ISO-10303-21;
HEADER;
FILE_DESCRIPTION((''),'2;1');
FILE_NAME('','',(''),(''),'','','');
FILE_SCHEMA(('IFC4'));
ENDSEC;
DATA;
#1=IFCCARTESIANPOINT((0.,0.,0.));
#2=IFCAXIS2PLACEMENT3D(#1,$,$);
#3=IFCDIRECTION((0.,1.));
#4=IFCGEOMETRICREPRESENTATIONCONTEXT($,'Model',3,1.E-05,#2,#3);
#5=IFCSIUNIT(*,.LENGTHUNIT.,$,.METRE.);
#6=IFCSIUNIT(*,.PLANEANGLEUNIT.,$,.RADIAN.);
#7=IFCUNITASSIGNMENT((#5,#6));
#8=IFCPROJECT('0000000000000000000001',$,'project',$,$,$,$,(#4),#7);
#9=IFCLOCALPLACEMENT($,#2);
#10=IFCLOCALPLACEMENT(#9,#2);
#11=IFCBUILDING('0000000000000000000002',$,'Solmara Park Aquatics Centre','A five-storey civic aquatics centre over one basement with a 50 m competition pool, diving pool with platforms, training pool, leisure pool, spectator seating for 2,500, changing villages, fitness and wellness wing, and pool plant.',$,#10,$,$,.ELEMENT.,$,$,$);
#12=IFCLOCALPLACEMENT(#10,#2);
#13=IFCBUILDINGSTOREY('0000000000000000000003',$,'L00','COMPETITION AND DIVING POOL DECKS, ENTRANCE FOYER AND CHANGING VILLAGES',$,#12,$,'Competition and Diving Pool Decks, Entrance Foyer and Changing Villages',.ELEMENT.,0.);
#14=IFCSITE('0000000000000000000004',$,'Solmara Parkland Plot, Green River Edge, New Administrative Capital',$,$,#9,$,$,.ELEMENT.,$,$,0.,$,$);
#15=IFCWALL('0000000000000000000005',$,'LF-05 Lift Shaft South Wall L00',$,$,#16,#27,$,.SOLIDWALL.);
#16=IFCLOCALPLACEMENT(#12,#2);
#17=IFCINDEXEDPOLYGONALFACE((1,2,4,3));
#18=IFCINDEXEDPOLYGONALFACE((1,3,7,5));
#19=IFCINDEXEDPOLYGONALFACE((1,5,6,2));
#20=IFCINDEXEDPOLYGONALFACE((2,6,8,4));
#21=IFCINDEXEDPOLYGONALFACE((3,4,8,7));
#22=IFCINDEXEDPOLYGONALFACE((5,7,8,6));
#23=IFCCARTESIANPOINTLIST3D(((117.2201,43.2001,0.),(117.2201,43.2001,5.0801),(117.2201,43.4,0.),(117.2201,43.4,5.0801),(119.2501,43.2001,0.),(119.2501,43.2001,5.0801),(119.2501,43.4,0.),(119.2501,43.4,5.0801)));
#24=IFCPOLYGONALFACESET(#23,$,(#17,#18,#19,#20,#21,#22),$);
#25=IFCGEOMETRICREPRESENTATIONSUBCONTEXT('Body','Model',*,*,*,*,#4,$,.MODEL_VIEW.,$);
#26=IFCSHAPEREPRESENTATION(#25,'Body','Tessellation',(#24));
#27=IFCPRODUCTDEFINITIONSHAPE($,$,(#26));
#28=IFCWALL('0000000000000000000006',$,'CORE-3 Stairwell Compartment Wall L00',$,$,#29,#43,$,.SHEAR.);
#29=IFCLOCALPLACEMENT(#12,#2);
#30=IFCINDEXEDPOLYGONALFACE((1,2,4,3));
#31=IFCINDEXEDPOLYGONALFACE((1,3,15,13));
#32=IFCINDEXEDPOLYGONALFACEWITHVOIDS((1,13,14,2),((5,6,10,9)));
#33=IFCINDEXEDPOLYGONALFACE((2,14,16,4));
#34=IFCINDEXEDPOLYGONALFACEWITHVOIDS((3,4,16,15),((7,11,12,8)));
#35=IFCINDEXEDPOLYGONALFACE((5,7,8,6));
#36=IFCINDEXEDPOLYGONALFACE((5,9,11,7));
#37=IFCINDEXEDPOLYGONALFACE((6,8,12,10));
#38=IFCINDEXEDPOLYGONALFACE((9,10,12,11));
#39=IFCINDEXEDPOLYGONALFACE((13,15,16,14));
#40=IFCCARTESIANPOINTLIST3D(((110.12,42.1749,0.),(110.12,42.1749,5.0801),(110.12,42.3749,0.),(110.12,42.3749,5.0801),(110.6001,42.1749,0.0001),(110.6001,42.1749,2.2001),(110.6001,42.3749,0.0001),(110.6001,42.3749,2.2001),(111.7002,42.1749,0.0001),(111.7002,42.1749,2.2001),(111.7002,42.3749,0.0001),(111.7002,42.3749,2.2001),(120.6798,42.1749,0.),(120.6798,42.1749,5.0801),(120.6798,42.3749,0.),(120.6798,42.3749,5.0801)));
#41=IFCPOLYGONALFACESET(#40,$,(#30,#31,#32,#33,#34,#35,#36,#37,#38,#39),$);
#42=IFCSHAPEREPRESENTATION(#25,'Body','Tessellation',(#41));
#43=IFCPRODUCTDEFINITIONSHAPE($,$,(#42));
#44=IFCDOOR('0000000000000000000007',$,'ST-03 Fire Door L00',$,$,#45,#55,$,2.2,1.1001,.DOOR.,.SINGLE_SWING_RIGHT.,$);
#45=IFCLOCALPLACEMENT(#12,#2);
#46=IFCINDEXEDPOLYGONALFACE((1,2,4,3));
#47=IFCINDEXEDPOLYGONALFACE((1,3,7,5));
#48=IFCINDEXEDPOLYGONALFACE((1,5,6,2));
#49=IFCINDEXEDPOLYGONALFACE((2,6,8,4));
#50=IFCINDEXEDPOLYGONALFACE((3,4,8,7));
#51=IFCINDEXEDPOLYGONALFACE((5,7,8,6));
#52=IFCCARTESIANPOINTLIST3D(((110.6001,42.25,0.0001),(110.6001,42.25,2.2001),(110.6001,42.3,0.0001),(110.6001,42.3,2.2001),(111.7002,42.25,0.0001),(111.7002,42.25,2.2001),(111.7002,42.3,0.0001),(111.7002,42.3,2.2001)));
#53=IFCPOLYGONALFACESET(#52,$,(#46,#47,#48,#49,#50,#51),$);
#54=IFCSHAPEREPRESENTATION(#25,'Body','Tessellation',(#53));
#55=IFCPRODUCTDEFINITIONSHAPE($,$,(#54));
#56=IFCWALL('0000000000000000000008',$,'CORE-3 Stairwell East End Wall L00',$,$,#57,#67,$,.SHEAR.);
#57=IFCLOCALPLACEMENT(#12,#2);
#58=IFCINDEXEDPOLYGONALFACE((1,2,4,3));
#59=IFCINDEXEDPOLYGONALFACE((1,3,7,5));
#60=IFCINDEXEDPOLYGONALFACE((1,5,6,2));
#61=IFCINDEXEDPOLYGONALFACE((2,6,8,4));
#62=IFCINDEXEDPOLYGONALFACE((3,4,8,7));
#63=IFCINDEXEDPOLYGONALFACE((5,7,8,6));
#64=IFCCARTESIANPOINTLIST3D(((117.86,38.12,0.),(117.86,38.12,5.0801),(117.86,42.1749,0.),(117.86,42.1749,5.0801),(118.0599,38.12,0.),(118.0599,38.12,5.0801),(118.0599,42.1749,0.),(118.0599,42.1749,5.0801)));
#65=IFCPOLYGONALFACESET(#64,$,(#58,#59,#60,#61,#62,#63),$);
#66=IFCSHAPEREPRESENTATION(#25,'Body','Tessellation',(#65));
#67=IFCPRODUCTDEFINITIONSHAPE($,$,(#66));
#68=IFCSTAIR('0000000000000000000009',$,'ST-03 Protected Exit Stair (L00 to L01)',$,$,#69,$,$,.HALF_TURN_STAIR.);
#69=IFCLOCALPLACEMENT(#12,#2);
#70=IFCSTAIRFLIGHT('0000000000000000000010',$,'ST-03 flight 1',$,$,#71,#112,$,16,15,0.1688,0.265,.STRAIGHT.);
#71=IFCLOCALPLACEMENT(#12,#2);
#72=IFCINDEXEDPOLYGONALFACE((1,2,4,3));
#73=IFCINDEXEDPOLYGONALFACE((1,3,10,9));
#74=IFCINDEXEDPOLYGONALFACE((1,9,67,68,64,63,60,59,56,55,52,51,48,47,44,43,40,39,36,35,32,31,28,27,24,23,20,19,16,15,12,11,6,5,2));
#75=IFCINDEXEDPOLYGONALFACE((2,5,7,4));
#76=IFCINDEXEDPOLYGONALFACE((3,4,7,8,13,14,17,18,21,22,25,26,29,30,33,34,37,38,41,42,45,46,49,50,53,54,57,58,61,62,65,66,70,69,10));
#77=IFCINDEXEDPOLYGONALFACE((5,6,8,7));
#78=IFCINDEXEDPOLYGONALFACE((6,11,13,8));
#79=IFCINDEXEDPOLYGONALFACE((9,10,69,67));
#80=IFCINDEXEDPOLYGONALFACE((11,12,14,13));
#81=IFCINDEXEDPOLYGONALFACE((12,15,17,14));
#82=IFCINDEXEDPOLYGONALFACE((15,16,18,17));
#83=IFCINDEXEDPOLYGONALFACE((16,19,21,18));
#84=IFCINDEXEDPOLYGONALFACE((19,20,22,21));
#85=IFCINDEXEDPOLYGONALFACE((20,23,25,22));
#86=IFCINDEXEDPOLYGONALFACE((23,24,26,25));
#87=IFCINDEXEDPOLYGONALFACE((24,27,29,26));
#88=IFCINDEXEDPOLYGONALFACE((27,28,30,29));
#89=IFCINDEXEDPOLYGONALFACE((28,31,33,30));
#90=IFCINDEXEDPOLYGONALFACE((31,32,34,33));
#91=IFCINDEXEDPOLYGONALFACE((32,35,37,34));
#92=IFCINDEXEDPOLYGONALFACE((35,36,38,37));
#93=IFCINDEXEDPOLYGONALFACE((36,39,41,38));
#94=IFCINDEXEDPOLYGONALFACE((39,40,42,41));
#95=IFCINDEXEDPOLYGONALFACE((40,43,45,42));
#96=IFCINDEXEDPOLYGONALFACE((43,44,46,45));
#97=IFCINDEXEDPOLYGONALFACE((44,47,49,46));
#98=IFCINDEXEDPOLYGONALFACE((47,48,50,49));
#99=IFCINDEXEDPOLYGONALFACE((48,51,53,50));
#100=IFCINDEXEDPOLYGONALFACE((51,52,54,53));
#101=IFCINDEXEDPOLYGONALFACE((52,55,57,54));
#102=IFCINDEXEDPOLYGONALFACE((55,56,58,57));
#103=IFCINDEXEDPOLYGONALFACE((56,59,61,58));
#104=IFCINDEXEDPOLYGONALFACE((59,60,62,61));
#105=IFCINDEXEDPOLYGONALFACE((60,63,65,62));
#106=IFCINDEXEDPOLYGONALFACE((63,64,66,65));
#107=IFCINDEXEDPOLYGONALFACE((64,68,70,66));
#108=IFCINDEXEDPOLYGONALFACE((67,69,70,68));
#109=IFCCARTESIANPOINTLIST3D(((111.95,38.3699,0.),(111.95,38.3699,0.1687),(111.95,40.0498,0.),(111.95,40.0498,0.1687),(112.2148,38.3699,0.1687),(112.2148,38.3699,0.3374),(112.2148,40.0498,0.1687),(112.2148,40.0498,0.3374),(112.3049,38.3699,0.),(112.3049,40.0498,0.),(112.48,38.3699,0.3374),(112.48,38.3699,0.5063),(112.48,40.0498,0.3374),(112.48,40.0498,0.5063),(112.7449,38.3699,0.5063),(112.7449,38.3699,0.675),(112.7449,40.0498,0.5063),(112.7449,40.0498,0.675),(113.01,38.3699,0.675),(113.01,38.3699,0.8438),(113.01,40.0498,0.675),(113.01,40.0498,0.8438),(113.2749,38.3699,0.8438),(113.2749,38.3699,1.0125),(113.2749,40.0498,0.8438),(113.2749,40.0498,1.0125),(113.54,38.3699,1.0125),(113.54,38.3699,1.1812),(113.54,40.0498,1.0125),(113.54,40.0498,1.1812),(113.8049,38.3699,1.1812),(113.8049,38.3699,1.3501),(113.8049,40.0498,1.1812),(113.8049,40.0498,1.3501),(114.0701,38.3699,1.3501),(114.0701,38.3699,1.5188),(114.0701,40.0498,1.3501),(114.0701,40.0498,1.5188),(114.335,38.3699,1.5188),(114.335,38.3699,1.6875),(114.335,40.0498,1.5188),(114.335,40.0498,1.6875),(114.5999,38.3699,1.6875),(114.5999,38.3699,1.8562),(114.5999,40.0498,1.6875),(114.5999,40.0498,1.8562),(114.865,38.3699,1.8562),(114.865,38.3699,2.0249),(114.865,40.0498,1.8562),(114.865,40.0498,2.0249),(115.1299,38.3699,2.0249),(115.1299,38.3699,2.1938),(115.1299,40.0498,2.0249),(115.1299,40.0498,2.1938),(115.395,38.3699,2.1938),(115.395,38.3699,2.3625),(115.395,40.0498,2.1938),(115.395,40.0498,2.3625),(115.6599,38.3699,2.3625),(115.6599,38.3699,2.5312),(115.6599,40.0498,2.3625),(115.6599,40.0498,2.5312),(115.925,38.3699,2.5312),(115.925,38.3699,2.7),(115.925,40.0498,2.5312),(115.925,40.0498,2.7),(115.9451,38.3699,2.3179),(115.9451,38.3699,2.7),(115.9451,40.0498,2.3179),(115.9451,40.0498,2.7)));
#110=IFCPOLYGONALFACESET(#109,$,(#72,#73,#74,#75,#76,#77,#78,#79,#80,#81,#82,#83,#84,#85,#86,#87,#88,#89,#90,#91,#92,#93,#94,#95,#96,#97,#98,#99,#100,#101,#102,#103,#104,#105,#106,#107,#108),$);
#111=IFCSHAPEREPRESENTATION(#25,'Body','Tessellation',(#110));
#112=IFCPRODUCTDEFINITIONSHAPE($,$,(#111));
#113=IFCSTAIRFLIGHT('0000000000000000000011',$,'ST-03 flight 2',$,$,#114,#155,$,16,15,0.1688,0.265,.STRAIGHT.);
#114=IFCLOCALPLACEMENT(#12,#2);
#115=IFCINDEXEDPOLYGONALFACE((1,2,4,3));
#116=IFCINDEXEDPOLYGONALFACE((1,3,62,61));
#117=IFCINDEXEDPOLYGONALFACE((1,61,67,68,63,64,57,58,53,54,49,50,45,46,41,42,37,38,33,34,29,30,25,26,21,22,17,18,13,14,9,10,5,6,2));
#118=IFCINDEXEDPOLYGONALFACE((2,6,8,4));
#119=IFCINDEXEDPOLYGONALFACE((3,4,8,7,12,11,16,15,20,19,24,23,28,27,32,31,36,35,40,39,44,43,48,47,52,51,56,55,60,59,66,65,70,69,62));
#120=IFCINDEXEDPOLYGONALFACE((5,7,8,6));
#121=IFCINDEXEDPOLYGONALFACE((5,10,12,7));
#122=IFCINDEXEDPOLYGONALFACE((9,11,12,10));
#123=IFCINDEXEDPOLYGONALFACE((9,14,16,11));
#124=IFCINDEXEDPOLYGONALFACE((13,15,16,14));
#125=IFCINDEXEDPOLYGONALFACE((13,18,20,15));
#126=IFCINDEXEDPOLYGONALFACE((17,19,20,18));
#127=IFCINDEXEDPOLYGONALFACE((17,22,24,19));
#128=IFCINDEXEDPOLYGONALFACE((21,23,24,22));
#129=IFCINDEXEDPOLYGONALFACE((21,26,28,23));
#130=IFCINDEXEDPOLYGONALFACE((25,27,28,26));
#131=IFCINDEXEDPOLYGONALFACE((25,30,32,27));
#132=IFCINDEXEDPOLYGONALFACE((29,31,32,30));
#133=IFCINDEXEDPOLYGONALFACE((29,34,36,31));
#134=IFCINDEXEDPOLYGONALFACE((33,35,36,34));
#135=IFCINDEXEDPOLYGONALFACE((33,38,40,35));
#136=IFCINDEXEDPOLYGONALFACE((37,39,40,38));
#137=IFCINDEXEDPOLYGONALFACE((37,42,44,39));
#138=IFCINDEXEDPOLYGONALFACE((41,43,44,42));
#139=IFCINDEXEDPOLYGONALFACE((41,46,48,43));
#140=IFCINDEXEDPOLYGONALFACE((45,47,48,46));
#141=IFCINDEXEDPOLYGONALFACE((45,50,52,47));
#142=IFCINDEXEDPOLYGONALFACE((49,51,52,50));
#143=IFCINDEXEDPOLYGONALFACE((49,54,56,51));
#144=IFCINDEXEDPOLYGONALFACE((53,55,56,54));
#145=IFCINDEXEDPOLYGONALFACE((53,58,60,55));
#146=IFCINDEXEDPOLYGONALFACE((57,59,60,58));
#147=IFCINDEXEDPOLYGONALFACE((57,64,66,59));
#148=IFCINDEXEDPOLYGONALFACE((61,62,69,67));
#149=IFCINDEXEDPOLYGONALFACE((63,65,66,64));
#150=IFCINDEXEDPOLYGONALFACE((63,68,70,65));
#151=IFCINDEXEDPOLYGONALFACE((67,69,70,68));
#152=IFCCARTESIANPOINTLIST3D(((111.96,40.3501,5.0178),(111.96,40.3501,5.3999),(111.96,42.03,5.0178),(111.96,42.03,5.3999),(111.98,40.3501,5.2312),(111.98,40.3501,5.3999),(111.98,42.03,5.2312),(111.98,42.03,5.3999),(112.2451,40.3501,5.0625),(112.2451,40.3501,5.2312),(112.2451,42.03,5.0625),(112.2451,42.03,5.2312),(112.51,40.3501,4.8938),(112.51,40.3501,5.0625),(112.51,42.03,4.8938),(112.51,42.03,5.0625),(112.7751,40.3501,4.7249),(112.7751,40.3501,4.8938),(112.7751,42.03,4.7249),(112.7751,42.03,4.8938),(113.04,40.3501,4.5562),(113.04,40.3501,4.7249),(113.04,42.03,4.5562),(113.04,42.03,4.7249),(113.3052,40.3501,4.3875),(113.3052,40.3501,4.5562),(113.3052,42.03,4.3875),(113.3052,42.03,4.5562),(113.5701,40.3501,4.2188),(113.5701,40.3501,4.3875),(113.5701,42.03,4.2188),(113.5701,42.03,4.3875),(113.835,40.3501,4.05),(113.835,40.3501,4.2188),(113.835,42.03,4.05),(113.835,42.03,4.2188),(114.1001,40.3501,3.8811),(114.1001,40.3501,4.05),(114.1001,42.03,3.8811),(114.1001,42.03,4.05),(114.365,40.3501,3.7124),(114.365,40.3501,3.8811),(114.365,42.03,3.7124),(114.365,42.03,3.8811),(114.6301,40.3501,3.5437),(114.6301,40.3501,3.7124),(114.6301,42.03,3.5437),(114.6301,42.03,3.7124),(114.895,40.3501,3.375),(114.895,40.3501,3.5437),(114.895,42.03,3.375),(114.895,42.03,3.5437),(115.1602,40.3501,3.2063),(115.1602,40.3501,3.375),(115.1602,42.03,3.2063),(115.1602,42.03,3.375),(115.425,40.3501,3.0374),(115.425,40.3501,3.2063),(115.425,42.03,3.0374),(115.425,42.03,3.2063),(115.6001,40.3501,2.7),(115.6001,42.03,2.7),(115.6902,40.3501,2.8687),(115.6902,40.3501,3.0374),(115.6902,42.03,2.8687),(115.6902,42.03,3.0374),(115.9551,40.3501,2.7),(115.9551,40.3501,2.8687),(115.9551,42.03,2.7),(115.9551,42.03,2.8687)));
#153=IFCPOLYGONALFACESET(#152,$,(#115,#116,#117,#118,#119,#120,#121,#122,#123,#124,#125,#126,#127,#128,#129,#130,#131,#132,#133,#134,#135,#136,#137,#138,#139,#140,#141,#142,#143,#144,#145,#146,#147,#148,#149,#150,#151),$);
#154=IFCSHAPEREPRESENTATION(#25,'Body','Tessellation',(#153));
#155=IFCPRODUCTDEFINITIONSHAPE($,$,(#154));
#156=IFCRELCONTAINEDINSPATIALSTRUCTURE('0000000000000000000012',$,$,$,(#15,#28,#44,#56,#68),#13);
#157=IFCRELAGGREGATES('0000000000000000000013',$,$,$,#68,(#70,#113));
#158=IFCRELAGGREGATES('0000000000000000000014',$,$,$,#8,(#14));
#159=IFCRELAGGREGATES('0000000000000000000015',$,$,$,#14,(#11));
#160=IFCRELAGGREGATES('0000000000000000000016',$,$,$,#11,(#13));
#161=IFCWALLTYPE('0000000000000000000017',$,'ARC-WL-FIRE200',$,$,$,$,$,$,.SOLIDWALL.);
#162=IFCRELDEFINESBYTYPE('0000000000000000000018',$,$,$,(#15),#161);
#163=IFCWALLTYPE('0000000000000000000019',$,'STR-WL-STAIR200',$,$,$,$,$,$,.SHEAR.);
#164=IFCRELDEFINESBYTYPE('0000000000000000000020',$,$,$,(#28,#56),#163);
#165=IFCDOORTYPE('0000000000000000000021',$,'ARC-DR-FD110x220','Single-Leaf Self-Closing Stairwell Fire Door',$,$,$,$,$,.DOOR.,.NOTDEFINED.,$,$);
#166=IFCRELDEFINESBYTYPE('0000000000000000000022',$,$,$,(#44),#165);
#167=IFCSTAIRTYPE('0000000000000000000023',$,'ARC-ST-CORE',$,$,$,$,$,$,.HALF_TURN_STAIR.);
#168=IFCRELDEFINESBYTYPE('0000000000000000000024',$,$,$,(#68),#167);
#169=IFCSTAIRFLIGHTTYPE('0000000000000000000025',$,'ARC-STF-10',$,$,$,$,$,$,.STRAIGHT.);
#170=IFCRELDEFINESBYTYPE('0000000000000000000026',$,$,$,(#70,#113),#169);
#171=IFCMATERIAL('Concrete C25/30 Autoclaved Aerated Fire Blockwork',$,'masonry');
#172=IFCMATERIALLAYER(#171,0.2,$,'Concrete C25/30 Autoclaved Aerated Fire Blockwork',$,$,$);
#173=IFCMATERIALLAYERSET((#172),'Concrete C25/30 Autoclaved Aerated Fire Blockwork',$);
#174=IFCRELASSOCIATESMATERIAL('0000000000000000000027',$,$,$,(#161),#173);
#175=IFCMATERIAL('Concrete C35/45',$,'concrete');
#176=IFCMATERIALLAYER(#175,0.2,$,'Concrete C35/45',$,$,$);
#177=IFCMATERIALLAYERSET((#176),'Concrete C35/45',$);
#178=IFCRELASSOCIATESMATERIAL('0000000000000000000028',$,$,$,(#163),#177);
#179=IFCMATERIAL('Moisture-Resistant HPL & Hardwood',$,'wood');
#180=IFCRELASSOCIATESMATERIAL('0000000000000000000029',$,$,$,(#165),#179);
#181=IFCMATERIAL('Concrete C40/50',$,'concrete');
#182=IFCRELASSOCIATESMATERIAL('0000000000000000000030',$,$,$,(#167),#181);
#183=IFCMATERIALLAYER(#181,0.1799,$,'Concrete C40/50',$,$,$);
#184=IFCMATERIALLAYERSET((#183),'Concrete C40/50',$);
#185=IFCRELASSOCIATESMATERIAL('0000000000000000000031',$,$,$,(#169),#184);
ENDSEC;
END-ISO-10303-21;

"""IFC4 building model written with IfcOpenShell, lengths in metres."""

from ifc_helpers import new_model, si_unit, direction, frame, frame_2d, origin, place, context, subcontext, project, spatial, polyline, rectangle, outline, extrude, material, layer, layer_set, type_object, element, fill, aggregate, save


model = new_model("IFC4")

# Units and contexts
model_context = context("Model", 3, precision=1e-05, world=origin(), true_north=direction((0.0, 1.0)))
body_context = subcontext(model_context, "Body", "Model", "MODEL_VIEW")
ifc_project = project(units=[si_unit("LENGTHUNIT", "METRE"), si_unit("PLANEANGLEUNIT", "RADIAN")], contexts=[model_context])

# Site, building, storey
site_placement = place(None, origin())
site = spatial("IfcSite", under=ifc_project, at=site_placement, Name="Solmara Parkland Plot, Green River Edge, New Administrative Capital", CompositionType="ELEMENT", RefElevation=0.0)
building_placement = place(site_placement, origin())
building = spatial("IfcBuilding", under=site, at=building_placement, Name="Solmara Park Aquatics Centre", Description="A five-storey civic aquatics centre over one basement with a 50 m competition pool, diving pool with platforms, training pool, leisure pool, spectator seating for 2,500, changing villages, fitness and wellness wing, and pool plant.", CompositionType="ELEMENT")
storey_placement = place(building_placement, origin())
storey = spatial("IfcBuildingStorey", under=building, at=storey_placement, Name="L00", Description="COMPETITION AND DIVING POOL DECKS, ENTRANCE FOYER AND CHANGING VILLAGES", LongName="Competition and Diving Pool Decks, Entrance Foyer and Changing Villages", CompositionType="ELEMENT", Elevation=0.0)

# Shared definitions
ifc_material_1 = material(Name="Concrete C40/50", Category="concrete")

# Shared definitions
ifc_material_2 = material(Name="Concrete C25/30 Autoclaved Aerated Fire Blockwork", Category="masonry")
ifc_layer_1 = layer(ifc_material_2, 0.2, Name="Concrete C25/30 Autoclaved Aerated Fire Blockwork")
ifc_layer_set_1 = layer_set([ifc_layer_1], Name="Concrete C25/30 Autoclaved Aerated Fire Blockwork")
wall_type_1 = type_object("IfcWallType", Name="ARC-WL-FIRE200", PredefinedType="SOLIDWALL", material=ifc_layer_set_1)

# Wall
wall_1_placement = place(storey_placement, frame((117.22, 43.3, 0.0), z_axis=(0.0, 0.0, 1.0), x_axis=(1.0, 0.0, 0.0)))
element("IfcWall", 1, at=wall_1_placement, inside=storey, type_object=wall_type_1, Name="LF-05 Lift Shaft South Wall L00", PredefinedType="SOLIDWALL", context=body_context, shape_type="SweptSolid", body=[
    extrude(rectangle(XDim=2.03, YDim=0.2, at=frame_2d((1.0151, 0.0))), origin(), (0.0, 0.0, 1.0), 5.0801),
])

# Wall, opening, door
ifc_material_3 = material(Name="Concrete C35/45", Category="concrete")
ifc_layer_2 = layer(ifc_material_3, 0.2, Name="Concrete C35/45")
ifc_layer_set_2 = layer_set([ifc_layer_2], Name="Concrete C35/45")
wall_type_2 = type_object("IfcWallType", Name="STR-WL-STAIR200", PredefinedType="SHEAR", material=ifc_layer_set_2)
wall_2_placement = place(storey_placement, frame((110.1201, 42.2749, 0.0), z_axis=(0.0, 0.0, 1.0), x_axis=(1.0, 0.0, 0.0)))
wall_2 = element("IfcWall", 2, at=wall_2_placement, inside=storey, type_object=wall_type_2, Name="CORE-3 Stairwell Compartment Wall L00", PredefinedType="SHEAR", context=body_context, shape_type="SweptSolid", body=[
    extrude(rectangle(XDim=10.5598, YDim=0.2, at=frame_2d((5.2798, 0.0))), origin(), (0.0, 0.0, 1.0), 5.0801),
])
opening_1_placement = place(wall_2_placement, frame((0.48, 0.0, 0.0)))
opening_1 = element("IfcOpeningElement", 3, at=opening_1_placement, cuts=wall_2, PredefinedType="OPENING", context=body_context, shape_type="SweptSolid", body=[
    extrude(rectangle(XDim=1.1001, YDim=2.2, at=frame_2d((0.55, 1.1001))), frame((0.0, 0.1099, 0.0), z_axis=(0.0, -1.0, 0.0), x_axis=(1.0, 0.0, 0.0)), (0.0, 0.0, 1.0), 0.22),
])
ifc_material_4 = material(Name="Moisture-Resistant HPL & Hardwood", Category="wood")
door_type_1 = type_object("IfcDoorType", Name="ARC-DR-FD110x220", Description="Single-Leaf Self-Closing Stairwell Fire Door", OperationType="NOTDEFINED", PredefinedType="DOOR", material=ifc_material_4)
door_1_placement = place(opening_1_placement, frame((1.1001, 0.0, 0.0), z_axis=(0.0, 0.0, 1.0), x_axis=(-1.0, 0.0, 0.0)))
door_1 = element("IfcDoor", 4, at=door_1_placement, inside=storey, type_object=door_type_1, Name="ST-03 Fire Door L00", OperationType="SINGLE_SWING_RIGHT", OverallHeight=2.2, OverallWidth=1.1001, PredefinedType="DOOR", context=body_context, shape_type="SweptSolid", body=[
    extrude(rectangle(XDim=1.1001, YDim=2.2, at=frame_2d((0.55, 1.1001))), frame((0.0, 0.0249, 0.0), z_axis=(0.0, -1.0, 0.0), x_axis=(1.0, 0.0, 0.0)), (0.0, 0.0, 1.0), 0.05),
])
fill(opening_1, door_1)

# Wall
wall_3_placement = place(storey_placement, frame((117.96, 38.1201, 0.0), z_axis=(0.0, 0.0, 1.0), x_axis=(0.0, 1.0, 0.0)))
element("IfcWall", 5, at=wall_3_placement, inside=storey, type_object=wall_type_2, Name="CORE-3 Stairwell East End Wall L00", PredefinedType="SHEAR", context=body_context, shape_type="SweptSolid", body=[
    extrude(rectangle(XDim=4.0549, YDim=0.2, at=frame_2d((2.0273, 0.0))), origin(), (0.0, 0.0, 1.0), 5.0801),
])

# Stair, stair flights
stair_type = type_object("IfcStairType", Name="ARC-ST-CORE", PredefinedType="HALF_TURN_STAIR", material=ifc_material_1)
stair_placement = place(storey_placement, origin())
stair = element("IfcStair", 6, at=stair_placement, inside=storey, type_object=stair_type, Name="ST-03 Protected Exit Stair (L00 to L01)", PredefinedType="HALF_TURN_STAIR")
ifc_layer_3 = layer(ifc_material_1, 0.1799, Name="Concrete C40/50")
ifc_layer_set_3 = layer_set([ifc_layer_3], Name="Concrete C40/50")
stair_flight_type = type_object("IfcStairFlightType", Name="ARC-STF-10", PredefinedType="STRAIGHT", material=ifc_layer_set_3)
stair_flight_1_placement = place(storey_placement, frame((111.95, 39.21, 0.0), z_axis=(0.0, 0.0, 1.0), x_axis=(1.0, 0.0, 0.0)))
stair_flight_1 = element("IfcStairFlight", 7, at=stair_flight_1_placement, type_object=stair_flight_type, Name="ST-03 flight 1", NumberOfRisers=16, NumberOfTreads=15, PredefinedType="STRAIGHT", RiserHeight=0.1688, TreadLength=0.265, context=body_context, shape_type="SweptSolid", body=[
    extrude(outline(polyline([(0.0, 0.0), (0.0, 0.1687), (0.2649, 0.1687), (0.2649, 0.3374), (0.53, 0.3374), (0.53, 0.5063), (0.7949, 0.5063), (0.7949, 0.675), (1.0601, 0.675), (1.0601, 0.8438), (1.325, 0.8438), (1.325, 1.0125), (1.5901, 1.0125), (1.5901, 1.1812), (1.855, 1.1812), (1.855, 1.3501), (2.1201, 1.3501), (2.1201, 1.5188), (2.385, 1.5188), (2.385, 1.6875), (2.6499, 1.6875), (2.6499, 1.8562), (2.915, 1.8562), (2.915, 2.0249), (3.1799, 2.0249), (3.1799, 2.1938), (3.4451, 2.1938), (3.4451, 2.3625), (3.71, 2.3625), (3.71, 2.5312), (3.9751, 2.5312), (3.9751, 2.7), (3.9951, 2.7), (3.9951, 2.3179), (0.355, 0.0), (0.0, 0.0)])), frame((0.0, 0.8398, 0.0), z_axis=(0.0, -1.0, 0.0), x_axis=(1.0, 0.0, 0.0)), (0.0, 0.0, 1.0), 1.6799),
])
stair_flight_2_placement = place(storey_placement, frame((115.9551, 41.1899, 2.7), z_axis=(0.0, 0.0, 1.0), x_axis=(-1.0, 0.0, 0.0)))
stair_flight_2 = element("IfcStairFlight", 8, at=stair_flight_2_placement, type_object=stair_flight_type, Name="ST-03 flight 2", NumberOfRisers=16, NumberOfTreads=15, PredefinedType="STRAIGHT", RiserHeight=0.1688, TreadLength=0.265, context=body_context, shape_type="SweptSolid", body=[
    extrude(outline(polyline([(0.0, 0.0), (0.0, 0.1687), (0.2649, 0.1687), (0.2649, 0.3374), (0.53, 0.3374), (0.53, 0.5063), (0.7949, 0.5063), (0.7949, 0.675), (1.0601, 0.675), (1.0601, 0.8438), (1.325, 0.8438), (1.325, 1.0125), (1.5901, 1.0125), (1.5901, 1.1812), (1.855, 1.1812), (1.855, 1.3501), (2.1201, 1.3501), (2.1201, 1.5188), (2.385, 1.5188), (2.385, 1.6875), (2.6499, 1.6875), (2.6499, 1.8562), (2.915, 1.8562), (2.915, 2.0249), (3.1799, 2.0249), (3.1799, 2.1938), (3.4451, 2.1938), (3.4451, 2.3625), (3.71, 2.3625), (3.71, 2.5312), (3.9751, 2.5312), (3.9751, 2.7), (3.9951, 2.7), (3.9951, 2.3179), (0.355, 0.0), (0.0, 0.0)])), frame((0.0, 0.8398, 0.0), z_axis=(0.0, -1.0, 0.0), x_axis=(1.0, 0.0, 0.0)), (0.0, 0.0, 1.0), 1.6799),
])
aggregate(stair, [stair_flight_1, stair_flight_2])

save(model, "model.ifc")
